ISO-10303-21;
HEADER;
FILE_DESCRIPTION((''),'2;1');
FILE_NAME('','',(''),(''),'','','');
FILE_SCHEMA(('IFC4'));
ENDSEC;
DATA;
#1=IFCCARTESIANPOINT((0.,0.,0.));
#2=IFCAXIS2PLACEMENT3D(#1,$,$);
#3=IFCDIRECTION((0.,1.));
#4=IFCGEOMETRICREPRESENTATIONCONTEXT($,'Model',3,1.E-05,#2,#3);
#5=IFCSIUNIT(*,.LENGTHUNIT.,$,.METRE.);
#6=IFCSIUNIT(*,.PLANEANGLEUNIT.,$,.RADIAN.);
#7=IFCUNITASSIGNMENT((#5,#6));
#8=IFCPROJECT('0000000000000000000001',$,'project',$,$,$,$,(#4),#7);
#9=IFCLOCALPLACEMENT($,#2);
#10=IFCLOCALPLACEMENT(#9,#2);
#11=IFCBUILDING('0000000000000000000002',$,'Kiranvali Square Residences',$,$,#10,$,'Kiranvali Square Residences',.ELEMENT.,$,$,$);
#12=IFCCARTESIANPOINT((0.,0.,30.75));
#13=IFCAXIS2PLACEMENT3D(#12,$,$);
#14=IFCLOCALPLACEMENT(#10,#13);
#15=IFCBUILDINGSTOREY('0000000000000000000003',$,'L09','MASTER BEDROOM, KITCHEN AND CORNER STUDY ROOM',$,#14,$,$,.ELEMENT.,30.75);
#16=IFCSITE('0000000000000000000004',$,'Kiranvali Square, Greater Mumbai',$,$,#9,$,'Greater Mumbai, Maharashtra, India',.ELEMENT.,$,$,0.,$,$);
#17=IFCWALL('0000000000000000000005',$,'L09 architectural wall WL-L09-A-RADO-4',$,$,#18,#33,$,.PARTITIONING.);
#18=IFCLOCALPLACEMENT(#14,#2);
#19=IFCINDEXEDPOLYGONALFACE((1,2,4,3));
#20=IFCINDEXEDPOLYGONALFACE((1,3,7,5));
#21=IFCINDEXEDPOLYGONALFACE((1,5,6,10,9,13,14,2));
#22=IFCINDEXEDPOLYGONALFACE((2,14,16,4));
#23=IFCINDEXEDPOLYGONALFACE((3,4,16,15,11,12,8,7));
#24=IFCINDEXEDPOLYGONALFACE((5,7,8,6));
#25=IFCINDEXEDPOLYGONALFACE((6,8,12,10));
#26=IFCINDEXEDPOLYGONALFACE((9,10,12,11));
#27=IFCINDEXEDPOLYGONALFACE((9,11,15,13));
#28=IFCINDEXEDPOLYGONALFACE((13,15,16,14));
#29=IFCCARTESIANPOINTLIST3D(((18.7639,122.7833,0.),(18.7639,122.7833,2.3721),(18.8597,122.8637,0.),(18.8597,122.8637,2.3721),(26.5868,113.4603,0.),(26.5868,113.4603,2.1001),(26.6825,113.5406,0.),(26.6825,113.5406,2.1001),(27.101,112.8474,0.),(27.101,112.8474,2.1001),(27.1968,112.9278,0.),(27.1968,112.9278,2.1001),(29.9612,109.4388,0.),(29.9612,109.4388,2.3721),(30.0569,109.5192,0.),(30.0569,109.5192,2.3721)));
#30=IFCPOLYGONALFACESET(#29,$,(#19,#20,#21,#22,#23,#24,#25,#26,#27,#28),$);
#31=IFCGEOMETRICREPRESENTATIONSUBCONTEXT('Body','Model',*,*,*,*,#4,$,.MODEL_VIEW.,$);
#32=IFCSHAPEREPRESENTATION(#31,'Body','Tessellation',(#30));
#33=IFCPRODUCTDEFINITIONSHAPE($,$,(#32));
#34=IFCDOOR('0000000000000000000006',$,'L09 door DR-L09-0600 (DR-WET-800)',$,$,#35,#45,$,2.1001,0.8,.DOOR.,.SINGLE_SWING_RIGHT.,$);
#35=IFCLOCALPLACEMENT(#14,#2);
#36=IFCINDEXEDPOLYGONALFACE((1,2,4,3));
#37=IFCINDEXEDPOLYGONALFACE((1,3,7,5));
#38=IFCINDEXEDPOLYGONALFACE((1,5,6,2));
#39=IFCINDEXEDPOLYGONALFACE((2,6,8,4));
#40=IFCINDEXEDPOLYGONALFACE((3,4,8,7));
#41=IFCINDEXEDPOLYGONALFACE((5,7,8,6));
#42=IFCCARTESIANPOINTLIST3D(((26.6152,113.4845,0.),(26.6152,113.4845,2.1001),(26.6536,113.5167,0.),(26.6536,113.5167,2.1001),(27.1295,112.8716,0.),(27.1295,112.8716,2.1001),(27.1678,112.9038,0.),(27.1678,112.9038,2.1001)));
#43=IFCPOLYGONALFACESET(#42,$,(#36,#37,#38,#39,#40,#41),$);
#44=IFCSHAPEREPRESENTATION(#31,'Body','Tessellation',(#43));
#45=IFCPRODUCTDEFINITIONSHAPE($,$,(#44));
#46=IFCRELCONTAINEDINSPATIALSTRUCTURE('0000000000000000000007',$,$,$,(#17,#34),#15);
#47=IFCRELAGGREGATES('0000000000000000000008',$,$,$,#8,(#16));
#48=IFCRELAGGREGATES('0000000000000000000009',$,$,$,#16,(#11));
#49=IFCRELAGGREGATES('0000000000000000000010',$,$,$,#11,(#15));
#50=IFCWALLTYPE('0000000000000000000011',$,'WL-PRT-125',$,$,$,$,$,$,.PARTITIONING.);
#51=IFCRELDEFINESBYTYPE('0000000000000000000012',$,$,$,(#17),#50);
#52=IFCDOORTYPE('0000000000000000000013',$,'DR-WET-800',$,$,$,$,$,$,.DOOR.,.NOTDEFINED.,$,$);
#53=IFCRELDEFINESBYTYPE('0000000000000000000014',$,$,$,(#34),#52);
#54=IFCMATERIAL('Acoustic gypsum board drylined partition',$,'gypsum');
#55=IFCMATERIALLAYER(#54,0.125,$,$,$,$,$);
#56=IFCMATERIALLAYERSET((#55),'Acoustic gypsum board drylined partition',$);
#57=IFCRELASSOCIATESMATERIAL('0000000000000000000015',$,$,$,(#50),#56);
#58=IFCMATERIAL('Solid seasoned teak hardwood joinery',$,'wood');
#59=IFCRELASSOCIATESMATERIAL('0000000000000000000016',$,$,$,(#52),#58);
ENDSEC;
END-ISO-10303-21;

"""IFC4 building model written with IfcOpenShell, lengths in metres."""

from ifc_helpers import new_model, si_unit, direction, frame, frame_2d, origin, place, context, subcontext, project, spatial, rectangle, extrude, material, layer, layer_set, type_object, element, fill, save


model = new_model("IFC4")

# Units and contexts
model_context = context("Model", 3, precision=1e-05, world=origin(), true_north=direction((0.0, 1.0)))
body_context = subcontext(model_context, "Body", "Model", "MODEL_VIEW")
ifc_project = project(units=[si_unit("LENGTHUNIT", "METRE"), si_unit("PLANEANGLEUNIT", "RADIAN")], contexts=[model_context])

# Site, building, storey
site_placement = place(None, origin())
site = spatial("IfcSite", under=ifc_project, at=site_placement, Name="Kiranvali Square, Greater Mumbai", LongName="Greater Mumbai, Maharashtra, India", CompositionType="ELEMENT", RefElevation=0.0)
building_placement = place(site_placement, origin())
building = spatial("IfcBuilding", under=site, at=building_placement, Name="Kiranvali Square Residences", LongName="Kiranvali Square Residences", CompositionType="ELEMENT")
storey_placement = place(building_placement, frame((0.0, 0.0, 30.75)))
storey = spatial("IfcBuildingStorey", under=building, at=storey_placement, Name="L09", Description="MASTER BEDROOM, KITCHEN AND CORNER STUDY ROOM", CompositionType="ELEMENT", Elevation=30.75)

# Wall, opening, door
ifc_material_1 = material(Name="Acoustic gypsum board drylined partition", Category="gypsum")
ifc_layer_1 = layer(ifc_material_1, 0.125)
ifc_layer_set_1 = layer_set([ifc_layer_1], Name="Acoustic gypsum board drylined partition")
wall_type_1 = type_object("IfcWallType", Name="WL-PRT-125", PredefinedType="PARTITIONING", material=ifc_layer_set_1)
wall_1_placement = place(storey_placement, frame((30.009, 109.479, 0.0), z_axis=(0.0, 0.0, 1.0), x_axis=(-0.642785, 0.766047, 0.0)))
wall_1 = element("IfcWall", 1, at=wall_1_placement, inside=storey, type_object=wall_type_1, Name="L09 architectural wall WL-L09-A-RADO-4", PredefinedType="PARTITIONING", context=body_context, shape_type="SweptSolid", body=[
    extrude(rectangle(XDim=17.4199, YDim=0.125, at=frame_2d((8.71, 0.0))), origin(), (0.0, 0.0, 1.0), 2.3721),
])
opening_1_placement = place(wall_1_placement, frame((4.4497, 0.0, 0.0)))
opening_1 = element("IfcOpeningElement", 2, at=opening_1_placement, cuts=wall_1, PredefinedType="OPENING", context=body_context, shape_type="SweptSolid", body=[
    extrude(rectangle(XDim=0.8, YDim=2.1001, at=frame_2d((0.3999, 1.05))), frame((0.0, 0.0725, 0.0), z_axis=(0.0, -1.0, 0.0), x_axis=(1.0, 0.0, 0.0)), (0.0, 0.0, 1.0), 0.145),
])
ifc_material_2 = material(Name="Solid seasoned teak hardwood joinery", Category="wood")
door_type_1 = type_object("IfcDoorType", Name="DR-WET-800", OperationType="NOTDEFINED", PredefinedType="DOOR", material=ifc_material_2)
door_1_placement = place(opening_1_placement, frame((0.8, 0.0, 0.0), z_axis=(0.0, 0.0, 1.0), x_axis=(-1.0, 0.0, 0.0)))
door_1 = element("IfcDoor", 3, at=door_1_placement, inside=storey, type_object=door_type_1, Name="L09 door DR-L09-0600 (DR-WET-800)", OperationType="SINGLE_SWING_RIGHT", OverallHeight=2.1001, OverallWidth=0.8, PredefinedType="DOOR", context=body_context, shape_type="SweptSolid", body=[
    extrude(rectangle(XDim=0.8, YDim=2.1001, at=frame_2d((0.3999, 1.05))), frame((0.0, 0.0249, 0.0), z_axis=(0.0, -1.0, 0.0), x_axis=(1.0, 0.0, 0.0)), (0.0, 0.0, 1.0), 0.05),
])
fill(opening_1, door_1)

save(model, "model.ifc")
